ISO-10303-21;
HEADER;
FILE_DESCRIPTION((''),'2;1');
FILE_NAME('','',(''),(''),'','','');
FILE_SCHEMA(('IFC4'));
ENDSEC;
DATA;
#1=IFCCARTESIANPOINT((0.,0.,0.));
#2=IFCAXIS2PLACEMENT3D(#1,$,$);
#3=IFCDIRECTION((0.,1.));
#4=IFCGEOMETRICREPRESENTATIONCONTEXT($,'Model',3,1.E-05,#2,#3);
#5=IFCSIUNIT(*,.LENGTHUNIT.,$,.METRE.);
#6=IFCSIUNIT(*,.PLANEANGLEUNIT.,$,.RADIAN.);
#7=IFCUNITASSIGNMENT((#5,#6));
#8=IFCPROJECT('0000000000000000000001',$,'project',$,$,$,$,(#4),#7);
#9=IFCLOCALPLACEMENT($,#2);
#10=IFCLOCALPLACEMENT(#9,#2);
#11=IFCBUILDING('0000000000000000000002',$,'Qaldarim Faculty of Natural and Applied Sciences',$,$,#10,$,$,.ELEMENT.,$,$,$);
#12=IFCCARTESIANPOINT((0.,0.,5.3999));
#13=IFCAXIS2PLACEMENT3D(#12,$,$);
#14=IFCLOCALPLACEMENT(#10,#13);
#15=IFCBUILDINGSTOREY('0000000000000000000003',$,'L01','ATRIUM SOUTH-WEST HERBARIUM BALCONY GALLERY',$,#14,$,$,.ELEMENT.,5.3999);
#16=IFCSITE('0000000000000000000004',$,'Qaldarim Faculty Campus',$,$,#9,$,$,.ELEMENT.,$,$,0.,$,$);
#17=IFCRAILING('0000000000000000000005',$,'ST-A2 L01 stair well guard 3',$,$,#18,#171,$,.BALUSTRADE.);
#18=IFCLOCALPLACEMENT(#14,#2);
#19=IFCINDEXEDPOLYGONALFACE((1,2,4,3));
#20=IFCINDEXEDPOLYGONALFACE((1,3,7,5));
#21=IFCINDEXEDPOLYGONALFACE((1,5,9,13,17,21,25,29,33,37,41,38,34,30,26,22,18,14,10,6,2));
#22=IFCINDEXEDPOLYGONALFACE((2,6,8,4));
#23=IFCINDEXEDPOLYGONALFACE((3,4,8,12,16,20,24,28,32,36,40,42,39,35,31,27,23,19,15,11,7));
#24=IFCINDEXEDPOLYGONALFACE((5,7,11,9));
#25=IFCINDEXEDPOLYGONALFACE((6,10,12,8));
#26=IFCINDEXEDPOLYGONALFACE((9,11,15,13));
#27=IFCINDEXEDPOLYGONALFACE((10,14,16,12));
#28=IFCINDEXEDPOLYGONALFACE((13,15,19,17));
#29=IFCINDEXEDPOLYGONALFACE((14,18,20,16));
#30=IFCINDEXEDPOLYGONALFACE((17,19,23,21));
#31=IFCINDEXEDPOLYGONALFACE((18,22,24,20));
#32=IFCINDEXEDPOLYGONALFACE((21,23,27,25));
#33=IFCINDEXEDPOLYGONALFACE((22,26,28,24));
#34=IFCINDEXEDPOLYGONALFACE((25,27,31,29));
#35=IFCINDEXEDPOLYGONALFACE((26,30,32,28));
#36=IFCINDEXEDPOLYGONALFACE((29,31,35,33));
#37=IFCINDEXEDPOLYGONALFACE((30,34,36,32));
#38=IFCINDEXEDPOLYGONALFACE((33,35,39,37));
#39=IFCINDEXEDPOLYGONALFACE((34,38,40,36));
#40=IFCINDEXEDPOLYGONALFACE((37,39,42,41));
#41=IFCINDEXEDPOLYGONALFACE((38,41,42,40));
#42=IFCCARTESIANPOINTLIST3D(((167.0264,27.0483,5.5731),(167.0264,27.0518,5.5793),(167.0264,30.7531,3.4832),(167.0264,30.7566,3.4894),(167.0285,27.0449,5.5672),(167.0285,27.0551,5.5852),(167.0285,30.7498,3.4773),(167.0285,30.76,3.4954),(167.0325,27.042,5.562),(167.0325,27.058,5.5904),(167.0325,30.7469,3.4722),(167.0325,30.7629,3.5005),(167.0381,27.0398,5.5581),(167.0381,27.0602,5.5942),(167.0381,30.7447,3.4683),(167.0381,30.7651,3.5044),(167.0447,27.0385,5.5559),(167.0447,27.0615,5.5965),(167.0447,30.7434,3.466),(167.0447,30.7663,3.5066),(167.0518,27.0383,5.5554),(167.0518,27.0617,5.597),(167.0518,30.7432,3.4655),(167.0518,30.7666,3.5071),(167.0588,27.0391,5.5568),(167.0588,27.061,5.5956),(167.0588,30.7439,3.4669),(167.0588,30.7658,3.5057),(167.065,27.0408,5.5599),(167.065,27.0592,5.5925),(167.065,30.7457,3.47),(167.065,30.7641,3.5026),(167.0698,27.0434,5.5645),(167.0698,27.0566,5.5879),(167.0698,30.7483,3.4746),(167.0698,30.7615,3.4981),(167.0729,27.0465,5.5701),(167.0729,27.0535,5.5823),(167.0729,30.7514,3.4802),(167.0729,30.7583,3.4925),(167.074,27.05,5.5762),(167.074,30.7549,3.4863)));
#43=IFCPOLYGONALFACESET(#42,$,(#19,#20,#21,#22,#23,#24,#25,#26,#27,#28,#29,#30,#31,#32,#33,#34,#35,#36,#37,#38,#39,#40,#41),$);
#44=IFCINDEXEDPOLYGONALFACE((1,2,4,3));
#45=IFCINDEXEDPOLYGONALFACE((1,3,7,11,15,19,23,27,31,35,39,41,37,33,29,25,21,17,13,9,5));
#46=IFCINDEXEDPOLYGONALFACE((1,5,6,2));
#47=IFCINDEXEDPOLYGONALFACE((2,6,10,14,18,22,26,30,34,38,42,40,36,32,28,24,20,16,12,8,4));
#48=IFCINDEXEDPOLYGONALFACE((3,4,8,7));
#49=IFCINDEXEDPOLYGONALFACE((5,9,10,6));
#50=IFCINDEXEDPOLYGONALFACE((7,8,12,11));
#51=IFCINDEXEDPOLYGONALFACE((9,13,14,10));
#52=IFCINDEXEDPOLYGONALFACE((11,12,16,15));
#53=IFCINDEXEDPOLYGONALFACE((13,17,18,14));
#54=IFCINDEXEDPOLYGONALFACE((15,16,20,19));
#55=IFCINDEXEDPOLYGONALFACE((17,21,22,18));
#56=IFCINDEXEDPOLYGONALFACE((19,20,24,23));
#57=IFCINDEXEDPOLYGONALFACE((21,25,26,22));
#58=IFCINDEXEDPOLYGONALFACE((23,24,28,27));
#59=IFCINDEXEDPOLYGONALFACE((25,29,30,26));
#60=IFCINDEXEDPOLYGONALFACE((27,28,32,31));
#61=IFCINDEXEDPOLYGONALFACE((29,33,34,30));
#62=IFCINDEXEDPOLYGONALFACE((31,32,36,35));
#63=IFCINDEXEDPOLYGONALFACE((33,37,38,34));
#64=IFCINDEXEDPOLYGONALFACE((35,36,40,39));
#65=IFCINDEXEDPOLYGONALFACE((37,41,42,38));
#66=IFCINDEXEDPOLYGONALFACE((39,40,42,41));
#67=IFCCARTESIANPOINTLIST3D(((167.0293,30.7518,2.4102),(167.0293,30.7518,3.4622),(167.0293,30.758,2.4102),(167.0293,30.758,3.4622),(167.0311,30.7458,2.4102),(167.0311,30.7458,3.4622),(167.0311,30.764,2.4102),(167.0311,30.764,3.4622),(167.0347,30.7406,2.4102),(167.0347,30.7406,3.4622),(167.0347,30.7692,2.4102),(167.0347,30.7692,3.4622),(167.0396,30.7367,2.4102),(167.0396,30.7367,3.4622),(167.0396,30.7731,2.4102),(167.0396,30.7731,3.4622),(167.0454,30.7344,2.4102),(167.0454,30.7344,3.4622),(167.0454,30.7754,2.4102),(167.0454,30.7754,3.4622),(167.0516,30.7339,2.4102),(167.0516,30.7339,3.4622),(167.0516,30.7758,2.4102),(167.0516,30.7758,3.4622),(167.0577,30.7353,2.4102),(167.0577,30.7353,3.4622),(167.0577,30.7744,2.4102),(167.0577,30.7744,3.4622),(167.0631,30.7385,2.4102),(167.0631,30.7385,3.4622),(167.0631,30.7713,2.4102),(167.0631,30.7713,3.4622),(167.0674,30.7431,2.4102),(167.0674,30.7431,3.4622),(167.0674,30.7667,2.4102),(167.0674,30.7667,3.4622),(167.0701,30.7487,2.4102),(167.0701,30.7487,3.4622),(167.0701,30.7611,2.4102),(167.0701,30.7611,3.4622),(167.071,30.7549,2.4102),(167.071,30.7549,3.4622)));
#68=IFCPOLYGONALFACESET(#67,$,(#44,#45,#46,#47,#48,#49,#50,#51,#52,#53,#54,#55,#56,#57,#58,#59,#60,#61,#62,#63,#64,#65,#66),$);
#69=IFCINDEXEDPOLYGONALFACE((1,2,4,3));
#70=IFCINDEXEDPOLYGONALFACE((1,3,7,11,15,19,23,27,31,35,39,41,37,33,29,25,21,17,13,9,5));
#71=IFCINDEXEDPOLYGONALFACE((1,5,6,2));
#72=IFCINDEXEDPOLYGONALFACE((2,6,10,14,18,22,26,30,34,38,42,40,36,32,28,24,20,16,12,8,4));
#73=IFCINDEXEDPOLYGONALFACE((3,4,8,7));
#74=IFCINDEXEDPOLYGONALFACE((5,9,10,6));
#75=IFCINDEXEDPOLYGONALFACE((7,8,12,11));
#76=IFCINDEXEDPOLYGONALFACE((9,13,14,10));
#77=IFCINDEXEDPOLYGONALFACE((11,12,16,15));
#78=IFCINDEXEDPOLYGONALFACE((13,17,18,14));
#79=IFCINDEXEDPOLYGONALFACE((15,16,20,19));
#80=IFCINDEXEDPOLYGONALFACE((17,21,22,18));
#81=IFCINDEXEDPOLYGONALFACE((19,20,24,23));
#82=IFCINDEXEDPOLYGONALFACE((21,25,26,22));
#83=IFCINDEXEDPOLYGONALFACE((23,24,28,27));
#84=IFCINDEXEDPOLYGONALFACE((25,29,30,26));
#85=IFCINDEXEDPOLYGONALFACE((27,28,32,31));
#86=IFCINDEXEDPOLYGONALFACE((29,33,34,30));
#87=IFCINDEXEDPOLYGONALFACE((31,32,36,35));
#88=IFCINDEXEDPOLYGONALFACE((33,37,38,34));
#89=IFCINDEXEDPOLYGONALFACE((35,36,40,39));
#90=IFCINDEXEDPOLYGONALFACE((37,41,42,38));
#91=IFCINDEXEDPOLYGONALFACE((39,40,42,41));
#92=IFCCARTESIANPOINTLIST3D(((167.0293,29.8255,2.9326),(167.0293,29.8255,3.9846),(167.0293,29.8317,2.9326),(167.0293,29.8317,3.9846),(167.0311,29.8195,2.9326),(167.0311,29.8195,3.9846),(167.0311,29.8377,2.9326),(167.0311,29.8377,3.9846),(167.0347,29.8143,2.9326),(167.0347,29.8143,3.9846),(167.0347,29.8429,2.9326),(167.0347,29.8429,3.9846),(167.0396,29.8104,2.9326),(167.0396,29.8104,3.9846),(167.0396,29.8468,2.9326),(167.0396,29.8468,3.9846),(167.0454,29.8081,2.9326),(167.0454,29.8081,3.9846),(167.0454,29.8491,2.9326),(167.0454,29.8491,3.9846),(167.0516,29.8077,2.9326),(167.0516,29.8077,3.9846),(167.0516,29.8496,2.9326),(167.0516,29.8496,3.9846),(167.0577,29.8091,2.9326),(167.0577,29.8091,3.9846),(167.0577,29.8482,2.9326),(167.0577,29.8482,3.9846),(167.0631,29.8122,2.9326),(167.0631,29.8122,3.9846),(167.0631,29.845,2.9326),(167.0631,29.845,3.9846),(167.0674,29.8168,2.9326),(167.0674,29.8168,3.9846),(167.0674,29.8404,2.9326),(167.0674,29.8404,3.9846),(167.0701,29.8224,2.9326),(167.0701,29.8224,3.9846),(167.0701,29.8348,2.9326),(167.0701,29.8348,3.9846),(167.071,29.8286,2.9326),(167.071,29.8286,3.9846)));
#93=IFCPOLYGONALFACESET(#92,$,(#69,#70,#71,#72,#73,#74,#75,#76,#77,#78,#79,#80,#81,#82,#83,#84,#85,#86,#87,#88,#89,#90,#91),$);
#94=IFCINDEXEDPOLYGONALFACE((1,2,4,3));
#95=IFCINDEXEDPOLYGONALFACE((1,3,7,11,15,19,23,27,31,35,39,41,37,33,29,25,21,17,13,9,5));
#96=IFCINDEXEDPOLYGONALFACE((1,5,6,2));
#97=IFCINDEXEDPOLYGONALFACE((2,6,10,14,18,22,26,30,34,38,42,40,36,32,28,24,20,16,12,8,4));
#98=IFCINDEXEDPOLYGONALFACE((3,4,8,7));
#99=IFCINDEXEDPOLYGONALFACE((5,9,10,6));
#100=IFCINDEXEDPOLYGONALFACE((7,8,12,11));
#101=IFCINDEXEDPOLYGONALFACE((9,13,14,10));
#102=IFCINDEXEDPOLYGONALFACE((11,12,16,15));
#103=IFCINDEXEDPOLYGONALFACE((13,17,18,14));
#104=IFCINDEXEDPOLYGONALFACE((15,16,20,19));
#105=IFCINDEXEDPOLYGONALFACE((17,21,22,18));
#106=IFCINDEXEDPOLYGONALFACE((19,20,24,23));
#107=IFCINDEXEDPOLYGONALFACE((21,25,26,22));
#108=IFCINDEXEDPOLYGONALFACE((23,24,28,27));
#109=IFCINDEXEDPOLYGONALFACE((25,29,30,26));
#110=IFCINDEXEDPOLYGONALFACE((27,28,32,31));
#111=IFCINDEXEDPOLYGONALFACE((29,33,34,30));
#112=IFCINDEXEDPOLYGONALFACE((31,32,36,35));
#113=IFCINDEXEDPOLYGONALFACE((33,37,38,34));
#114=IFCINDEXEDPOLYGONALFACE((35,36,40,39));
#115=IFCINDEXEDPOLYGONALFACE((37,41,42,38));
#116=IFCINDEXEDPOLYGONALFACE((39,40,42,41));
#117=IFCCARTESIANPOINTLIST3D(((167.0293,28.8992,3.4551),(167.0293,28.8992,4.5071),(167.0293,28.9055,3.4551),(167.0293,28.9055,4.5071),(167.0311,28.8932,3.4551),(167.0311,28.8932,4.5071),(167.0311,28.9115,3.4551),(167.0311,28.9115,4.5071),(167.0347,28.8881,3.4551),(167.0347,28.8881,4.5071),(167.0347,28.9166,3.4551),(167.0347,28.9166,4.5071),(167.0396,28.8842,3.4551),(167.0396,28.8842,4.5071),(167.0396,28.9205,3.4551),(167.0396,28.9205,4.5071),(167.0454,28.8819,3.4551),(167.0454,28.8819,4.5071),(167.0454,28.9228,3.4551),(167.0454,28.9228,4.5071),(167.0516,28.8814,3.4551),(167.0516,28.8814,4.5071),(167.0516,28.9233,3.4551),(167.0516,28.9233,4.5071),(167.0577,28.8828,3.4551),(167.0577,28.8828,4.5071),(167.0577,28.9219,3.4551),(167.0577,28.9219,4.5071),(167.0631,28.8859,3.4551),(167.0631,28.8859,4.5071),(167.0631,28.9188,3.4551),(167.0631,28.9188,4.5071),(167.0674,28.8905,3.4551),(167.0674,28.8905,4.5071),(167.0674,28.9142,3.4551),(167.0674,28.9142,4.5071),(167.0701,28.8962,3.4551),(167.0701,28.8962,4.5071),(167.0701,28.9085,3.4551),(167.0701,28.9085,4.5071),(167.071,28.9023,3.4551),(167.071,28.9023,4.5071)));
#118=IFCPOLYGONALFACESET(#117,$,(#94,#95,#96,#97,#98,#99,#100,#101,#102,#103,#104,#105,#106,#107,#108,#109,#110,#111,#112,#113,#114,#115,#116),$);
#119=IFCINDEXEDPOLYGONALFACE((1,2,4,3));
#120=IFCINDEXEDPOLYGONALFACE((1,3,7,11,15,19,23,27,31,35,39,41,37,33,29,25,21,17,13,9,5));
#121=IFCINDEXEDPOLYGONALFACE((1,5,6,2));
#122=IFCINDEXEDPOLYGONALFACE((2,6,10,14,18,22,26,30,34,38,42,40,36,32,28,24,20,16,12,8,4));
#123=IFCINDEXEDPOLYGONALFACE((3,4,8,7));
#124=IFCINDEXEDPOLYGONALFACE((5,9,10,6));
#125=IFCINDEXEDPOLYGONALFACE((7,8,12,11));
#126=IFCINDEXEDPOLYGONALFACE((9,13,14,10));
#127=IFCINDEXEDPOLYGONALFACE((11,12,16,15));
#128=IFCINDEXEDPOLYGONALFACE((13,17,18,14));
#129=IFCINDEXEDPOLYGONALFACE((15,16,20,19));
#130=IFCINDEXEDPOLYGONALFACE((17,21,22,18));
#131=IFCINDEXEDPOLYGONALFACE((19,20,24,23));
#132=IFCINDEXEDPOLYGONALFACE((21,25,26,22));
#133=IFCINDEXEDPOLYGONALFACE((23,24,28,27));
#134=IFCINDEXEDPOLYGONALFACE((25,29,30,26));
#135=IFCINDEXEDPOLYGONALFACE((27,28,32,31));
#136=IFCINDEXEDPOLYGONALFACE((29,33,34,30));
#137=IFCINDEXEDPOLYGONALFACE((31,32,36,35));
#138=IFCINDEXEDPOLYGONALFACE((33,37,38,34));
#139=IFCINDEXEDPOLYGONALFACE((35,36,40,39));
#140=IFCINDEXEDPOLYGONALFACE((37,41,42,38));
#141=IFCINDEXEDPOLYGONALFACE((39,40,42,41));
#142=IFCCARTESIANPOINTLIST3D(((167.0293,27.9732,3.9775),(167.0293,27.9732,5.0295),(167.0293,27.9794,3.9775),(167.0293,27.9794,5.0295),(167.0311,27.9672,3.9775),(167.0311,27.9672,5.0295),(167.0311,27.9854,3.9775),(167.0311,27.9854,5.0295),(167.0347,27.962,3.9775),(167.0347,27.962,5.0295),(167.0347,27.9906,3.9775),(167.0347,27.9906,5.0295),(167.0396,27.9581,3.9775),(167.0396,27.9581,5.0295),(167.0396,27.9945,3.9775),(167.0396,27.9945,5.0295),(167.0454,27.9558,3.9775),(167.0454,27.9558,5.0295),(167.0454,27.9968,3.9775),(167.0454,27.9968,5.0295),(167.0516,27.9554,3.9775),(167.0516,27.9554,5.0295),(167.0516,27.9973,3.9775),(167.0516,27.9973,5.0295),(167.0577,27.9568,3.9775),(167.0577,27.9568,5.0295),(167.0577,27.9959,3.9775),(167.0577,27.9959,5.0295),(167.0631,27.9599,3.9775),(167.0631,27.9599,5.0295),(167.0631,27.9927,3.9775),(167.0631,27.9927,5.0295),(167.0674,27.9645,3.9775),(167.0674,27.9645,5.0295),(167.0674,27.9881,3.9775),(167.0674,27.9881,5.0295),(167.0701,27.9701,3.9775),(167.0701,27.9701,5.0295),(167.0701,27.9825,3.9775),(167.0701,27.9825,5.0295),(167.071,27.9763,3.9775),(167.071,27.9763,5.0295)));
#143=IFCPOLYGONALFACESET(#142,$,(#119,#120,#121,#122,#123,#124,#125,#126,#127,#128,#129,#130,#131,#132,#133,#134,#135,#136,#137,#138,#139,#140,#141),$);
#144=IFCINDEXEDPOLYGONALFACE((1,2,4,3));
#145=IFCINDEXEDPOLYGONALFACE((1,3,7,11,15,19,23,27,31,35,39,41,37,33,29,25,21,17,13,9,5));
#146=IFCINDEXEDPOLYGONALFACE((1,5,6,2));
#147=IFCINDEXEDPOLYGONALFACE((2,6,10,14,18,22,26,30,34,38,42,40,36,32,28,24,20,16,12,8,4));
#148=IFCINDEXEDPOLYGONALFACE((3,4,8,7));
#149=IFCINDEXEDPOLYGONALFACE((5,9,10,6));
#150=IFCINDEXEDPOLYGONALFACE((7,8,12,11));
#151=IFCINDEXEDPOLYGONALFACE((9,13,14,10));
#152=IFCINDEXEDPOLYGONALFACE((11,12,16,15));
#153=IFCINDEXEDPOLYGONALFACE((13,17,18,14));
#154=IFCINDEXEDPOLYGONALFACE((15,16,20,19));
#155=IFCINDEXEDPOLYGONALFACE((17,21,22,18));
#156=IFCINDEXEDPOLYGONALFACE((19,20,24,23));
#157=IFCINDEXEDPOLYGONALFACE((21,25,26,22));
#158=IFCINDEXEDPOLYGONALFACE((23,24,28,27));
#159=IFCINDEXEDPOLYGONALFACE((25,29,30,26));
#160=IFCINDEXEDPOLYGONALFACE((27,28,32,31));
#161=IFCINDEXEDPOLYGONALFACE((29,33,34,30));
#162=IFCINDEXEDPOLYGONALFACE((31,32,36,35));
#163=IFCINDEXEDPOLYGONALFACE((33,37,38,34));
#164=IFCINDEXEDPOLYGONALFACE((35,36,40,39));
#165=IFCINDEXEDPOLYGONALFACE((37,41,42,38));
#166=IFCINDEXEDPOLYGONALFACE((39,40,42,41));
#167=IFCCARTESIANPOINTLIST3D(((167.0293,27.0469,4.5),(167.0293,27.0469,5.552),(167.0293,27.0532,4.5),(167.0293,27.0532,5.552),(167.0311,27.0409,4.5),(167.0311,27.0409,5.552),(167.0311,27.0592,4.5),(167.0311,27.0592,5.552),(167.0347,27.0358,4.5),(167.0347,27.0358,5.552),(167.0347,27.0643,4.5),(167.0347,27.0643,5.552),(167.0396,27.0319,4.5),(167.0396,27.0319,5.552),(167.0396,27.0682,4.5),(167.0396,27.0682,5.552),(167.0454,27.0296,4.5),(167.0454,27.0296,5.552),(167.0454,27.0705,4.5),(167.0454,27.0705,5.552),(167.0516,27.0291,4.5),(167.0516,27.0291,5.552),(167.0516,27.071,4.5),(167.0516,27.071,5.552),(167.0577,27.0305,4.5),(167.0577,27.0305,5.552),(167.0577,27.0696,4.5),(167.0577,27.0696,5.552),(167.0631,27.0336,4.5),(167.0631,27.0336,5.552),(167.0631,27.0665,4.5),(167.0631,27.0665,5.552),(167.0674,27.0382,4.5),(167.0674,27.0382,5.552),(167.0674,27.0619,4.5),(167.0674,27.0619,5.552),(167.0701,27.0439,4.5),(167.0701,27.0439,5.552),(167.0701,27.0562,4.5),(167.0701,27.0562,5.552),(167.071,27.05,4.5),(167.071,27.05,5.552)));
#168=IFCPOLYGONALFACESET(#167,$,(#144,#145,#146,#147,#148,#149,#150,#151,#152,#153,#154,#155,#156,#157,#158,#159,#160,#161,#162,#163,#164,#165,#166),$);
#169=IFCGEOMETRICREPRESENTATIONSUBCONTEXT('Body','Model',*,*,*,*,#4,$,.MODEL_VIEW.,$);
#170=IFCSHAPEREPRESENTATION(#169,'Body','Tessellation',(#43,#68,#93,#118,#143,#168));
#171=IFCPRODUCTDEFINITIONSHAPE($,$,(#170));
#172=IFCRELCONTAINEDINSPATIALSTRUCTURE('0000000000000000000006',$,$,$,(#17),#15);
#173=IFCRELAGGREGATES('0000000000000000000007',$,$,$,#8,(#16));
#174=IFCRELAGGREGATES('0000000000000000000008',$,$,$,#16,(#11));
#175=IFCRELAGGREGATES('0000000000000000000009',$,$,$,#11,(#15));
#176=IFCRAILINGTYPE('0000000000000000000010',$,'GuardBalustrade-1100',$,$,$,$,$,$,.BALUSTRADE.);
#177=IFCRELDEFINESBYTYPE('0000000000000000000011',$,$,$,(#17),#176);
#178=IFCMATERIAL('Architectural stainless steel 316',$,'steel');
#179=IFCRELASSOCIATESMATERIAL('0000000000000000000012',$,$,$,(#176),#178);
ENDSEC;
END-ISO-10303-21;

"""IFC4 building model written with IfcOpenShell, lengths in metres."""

from ifc_helpers import new_model, si_unit, direction, frame, origin, origin_2d, place, context, subcontext, project, spatial, circle, extrude, material, type_object, element, save


model = new_model("IFC4")

# Units and contexts
model_context = context("Model", 3, precision=1e-05, world=origin(), true_north=direction((0.0, 1.0)))
body_context = subcontext(model_context, "Body", "Model", "MODEL_VIEW")
ifc_project = project(units=[si_unit("LENGTHUNIT", "METRE"), si_unit("PLANEANGLEUNIT", "RADIAN")], contexts=[model_context])

# Site, building, storey
site_placement = place(None, origin())
site = spatial("IfcSite", under=ifc_project, at=site_placement, Name="Qaldarim Faculty Campus", CompositionType="ELEMENT", RefElevation=0.0)
building_placement = place(site_placement, origin())
building = spatial("IfcBuilding", under=site, at=building_placement, Name="Qaldarim Faculty of Natural and Applied Sciences", CompositionType="ELEMENT")
storey_placement = place(building_placement, frame((0.0, 0.0, 5.3999)))
storey = spatial("IfcBuildingStorey", under=building, at=storey_placement, Name="L01", Description="ATRIUM SOUTH-WEST HERBARIUM BALCONY GALLERY", CompositionType="ELEMENT", Elevation=5.3999)

# Railing
ifc_material_1 = material(Name="Architectural stainless steel 316", Category="steel")
railing_type_1 = type_object("IfcRailingType", Name="GuardBalustrade-1100", PredefinedType="BALUSTRADE", material=ifc_material_1)
railing_1_placement = place(storey_placement, frame((167.05, 30.7549, 2.4102)))
element("IfcRailing", 1, at=railing_1_placement, inside=storey, type_object=railing_type_1, Name="ST-A2 L01 stair well guard 3", PredefinedType="BALUSTRADE", context=body_context, shape_type="SweptSolid", body=[
    extrude(circle(Radius=0.0239, at=origin_2d()), frame((0.0, 0.0, 1.0762), z_axis=(0.0, -0.870985, 0.49131), x_axis=(1.0, 0.0, 0.0)), (0.0, 0.0, 1.0), 4.2537),
    extrude(circle(Radius=0.021, at=origin_2d()), origin(), (0.0, 0.0, 1.0), 1.052),
    extrude(circle(Radius=0.021, at=origin_2d()), frame((0.0, -0.9263, 0.5225)), (0.0, 0.0, 1.0), 1.052),
    extrude(circle(Radius=0.021, at=origin_2d()), frame((0.0, -1.8525, 1.0449)), (0.0, 0.0, 1.0), 1.052),
    extrude(circle(Radius=0.021, at=origin_2d()), frame((0.0, -2.7786, 1.5674)), (0.0, 0.0, 1.0), 1.052),
    extrude(circle(Radius=0.021, at=origin_2d()), frame((0.0, -3.7048, 2.0898)), (0.0, 0.0, 1.0), 1.052),
])

save(model, "model.ifc")
